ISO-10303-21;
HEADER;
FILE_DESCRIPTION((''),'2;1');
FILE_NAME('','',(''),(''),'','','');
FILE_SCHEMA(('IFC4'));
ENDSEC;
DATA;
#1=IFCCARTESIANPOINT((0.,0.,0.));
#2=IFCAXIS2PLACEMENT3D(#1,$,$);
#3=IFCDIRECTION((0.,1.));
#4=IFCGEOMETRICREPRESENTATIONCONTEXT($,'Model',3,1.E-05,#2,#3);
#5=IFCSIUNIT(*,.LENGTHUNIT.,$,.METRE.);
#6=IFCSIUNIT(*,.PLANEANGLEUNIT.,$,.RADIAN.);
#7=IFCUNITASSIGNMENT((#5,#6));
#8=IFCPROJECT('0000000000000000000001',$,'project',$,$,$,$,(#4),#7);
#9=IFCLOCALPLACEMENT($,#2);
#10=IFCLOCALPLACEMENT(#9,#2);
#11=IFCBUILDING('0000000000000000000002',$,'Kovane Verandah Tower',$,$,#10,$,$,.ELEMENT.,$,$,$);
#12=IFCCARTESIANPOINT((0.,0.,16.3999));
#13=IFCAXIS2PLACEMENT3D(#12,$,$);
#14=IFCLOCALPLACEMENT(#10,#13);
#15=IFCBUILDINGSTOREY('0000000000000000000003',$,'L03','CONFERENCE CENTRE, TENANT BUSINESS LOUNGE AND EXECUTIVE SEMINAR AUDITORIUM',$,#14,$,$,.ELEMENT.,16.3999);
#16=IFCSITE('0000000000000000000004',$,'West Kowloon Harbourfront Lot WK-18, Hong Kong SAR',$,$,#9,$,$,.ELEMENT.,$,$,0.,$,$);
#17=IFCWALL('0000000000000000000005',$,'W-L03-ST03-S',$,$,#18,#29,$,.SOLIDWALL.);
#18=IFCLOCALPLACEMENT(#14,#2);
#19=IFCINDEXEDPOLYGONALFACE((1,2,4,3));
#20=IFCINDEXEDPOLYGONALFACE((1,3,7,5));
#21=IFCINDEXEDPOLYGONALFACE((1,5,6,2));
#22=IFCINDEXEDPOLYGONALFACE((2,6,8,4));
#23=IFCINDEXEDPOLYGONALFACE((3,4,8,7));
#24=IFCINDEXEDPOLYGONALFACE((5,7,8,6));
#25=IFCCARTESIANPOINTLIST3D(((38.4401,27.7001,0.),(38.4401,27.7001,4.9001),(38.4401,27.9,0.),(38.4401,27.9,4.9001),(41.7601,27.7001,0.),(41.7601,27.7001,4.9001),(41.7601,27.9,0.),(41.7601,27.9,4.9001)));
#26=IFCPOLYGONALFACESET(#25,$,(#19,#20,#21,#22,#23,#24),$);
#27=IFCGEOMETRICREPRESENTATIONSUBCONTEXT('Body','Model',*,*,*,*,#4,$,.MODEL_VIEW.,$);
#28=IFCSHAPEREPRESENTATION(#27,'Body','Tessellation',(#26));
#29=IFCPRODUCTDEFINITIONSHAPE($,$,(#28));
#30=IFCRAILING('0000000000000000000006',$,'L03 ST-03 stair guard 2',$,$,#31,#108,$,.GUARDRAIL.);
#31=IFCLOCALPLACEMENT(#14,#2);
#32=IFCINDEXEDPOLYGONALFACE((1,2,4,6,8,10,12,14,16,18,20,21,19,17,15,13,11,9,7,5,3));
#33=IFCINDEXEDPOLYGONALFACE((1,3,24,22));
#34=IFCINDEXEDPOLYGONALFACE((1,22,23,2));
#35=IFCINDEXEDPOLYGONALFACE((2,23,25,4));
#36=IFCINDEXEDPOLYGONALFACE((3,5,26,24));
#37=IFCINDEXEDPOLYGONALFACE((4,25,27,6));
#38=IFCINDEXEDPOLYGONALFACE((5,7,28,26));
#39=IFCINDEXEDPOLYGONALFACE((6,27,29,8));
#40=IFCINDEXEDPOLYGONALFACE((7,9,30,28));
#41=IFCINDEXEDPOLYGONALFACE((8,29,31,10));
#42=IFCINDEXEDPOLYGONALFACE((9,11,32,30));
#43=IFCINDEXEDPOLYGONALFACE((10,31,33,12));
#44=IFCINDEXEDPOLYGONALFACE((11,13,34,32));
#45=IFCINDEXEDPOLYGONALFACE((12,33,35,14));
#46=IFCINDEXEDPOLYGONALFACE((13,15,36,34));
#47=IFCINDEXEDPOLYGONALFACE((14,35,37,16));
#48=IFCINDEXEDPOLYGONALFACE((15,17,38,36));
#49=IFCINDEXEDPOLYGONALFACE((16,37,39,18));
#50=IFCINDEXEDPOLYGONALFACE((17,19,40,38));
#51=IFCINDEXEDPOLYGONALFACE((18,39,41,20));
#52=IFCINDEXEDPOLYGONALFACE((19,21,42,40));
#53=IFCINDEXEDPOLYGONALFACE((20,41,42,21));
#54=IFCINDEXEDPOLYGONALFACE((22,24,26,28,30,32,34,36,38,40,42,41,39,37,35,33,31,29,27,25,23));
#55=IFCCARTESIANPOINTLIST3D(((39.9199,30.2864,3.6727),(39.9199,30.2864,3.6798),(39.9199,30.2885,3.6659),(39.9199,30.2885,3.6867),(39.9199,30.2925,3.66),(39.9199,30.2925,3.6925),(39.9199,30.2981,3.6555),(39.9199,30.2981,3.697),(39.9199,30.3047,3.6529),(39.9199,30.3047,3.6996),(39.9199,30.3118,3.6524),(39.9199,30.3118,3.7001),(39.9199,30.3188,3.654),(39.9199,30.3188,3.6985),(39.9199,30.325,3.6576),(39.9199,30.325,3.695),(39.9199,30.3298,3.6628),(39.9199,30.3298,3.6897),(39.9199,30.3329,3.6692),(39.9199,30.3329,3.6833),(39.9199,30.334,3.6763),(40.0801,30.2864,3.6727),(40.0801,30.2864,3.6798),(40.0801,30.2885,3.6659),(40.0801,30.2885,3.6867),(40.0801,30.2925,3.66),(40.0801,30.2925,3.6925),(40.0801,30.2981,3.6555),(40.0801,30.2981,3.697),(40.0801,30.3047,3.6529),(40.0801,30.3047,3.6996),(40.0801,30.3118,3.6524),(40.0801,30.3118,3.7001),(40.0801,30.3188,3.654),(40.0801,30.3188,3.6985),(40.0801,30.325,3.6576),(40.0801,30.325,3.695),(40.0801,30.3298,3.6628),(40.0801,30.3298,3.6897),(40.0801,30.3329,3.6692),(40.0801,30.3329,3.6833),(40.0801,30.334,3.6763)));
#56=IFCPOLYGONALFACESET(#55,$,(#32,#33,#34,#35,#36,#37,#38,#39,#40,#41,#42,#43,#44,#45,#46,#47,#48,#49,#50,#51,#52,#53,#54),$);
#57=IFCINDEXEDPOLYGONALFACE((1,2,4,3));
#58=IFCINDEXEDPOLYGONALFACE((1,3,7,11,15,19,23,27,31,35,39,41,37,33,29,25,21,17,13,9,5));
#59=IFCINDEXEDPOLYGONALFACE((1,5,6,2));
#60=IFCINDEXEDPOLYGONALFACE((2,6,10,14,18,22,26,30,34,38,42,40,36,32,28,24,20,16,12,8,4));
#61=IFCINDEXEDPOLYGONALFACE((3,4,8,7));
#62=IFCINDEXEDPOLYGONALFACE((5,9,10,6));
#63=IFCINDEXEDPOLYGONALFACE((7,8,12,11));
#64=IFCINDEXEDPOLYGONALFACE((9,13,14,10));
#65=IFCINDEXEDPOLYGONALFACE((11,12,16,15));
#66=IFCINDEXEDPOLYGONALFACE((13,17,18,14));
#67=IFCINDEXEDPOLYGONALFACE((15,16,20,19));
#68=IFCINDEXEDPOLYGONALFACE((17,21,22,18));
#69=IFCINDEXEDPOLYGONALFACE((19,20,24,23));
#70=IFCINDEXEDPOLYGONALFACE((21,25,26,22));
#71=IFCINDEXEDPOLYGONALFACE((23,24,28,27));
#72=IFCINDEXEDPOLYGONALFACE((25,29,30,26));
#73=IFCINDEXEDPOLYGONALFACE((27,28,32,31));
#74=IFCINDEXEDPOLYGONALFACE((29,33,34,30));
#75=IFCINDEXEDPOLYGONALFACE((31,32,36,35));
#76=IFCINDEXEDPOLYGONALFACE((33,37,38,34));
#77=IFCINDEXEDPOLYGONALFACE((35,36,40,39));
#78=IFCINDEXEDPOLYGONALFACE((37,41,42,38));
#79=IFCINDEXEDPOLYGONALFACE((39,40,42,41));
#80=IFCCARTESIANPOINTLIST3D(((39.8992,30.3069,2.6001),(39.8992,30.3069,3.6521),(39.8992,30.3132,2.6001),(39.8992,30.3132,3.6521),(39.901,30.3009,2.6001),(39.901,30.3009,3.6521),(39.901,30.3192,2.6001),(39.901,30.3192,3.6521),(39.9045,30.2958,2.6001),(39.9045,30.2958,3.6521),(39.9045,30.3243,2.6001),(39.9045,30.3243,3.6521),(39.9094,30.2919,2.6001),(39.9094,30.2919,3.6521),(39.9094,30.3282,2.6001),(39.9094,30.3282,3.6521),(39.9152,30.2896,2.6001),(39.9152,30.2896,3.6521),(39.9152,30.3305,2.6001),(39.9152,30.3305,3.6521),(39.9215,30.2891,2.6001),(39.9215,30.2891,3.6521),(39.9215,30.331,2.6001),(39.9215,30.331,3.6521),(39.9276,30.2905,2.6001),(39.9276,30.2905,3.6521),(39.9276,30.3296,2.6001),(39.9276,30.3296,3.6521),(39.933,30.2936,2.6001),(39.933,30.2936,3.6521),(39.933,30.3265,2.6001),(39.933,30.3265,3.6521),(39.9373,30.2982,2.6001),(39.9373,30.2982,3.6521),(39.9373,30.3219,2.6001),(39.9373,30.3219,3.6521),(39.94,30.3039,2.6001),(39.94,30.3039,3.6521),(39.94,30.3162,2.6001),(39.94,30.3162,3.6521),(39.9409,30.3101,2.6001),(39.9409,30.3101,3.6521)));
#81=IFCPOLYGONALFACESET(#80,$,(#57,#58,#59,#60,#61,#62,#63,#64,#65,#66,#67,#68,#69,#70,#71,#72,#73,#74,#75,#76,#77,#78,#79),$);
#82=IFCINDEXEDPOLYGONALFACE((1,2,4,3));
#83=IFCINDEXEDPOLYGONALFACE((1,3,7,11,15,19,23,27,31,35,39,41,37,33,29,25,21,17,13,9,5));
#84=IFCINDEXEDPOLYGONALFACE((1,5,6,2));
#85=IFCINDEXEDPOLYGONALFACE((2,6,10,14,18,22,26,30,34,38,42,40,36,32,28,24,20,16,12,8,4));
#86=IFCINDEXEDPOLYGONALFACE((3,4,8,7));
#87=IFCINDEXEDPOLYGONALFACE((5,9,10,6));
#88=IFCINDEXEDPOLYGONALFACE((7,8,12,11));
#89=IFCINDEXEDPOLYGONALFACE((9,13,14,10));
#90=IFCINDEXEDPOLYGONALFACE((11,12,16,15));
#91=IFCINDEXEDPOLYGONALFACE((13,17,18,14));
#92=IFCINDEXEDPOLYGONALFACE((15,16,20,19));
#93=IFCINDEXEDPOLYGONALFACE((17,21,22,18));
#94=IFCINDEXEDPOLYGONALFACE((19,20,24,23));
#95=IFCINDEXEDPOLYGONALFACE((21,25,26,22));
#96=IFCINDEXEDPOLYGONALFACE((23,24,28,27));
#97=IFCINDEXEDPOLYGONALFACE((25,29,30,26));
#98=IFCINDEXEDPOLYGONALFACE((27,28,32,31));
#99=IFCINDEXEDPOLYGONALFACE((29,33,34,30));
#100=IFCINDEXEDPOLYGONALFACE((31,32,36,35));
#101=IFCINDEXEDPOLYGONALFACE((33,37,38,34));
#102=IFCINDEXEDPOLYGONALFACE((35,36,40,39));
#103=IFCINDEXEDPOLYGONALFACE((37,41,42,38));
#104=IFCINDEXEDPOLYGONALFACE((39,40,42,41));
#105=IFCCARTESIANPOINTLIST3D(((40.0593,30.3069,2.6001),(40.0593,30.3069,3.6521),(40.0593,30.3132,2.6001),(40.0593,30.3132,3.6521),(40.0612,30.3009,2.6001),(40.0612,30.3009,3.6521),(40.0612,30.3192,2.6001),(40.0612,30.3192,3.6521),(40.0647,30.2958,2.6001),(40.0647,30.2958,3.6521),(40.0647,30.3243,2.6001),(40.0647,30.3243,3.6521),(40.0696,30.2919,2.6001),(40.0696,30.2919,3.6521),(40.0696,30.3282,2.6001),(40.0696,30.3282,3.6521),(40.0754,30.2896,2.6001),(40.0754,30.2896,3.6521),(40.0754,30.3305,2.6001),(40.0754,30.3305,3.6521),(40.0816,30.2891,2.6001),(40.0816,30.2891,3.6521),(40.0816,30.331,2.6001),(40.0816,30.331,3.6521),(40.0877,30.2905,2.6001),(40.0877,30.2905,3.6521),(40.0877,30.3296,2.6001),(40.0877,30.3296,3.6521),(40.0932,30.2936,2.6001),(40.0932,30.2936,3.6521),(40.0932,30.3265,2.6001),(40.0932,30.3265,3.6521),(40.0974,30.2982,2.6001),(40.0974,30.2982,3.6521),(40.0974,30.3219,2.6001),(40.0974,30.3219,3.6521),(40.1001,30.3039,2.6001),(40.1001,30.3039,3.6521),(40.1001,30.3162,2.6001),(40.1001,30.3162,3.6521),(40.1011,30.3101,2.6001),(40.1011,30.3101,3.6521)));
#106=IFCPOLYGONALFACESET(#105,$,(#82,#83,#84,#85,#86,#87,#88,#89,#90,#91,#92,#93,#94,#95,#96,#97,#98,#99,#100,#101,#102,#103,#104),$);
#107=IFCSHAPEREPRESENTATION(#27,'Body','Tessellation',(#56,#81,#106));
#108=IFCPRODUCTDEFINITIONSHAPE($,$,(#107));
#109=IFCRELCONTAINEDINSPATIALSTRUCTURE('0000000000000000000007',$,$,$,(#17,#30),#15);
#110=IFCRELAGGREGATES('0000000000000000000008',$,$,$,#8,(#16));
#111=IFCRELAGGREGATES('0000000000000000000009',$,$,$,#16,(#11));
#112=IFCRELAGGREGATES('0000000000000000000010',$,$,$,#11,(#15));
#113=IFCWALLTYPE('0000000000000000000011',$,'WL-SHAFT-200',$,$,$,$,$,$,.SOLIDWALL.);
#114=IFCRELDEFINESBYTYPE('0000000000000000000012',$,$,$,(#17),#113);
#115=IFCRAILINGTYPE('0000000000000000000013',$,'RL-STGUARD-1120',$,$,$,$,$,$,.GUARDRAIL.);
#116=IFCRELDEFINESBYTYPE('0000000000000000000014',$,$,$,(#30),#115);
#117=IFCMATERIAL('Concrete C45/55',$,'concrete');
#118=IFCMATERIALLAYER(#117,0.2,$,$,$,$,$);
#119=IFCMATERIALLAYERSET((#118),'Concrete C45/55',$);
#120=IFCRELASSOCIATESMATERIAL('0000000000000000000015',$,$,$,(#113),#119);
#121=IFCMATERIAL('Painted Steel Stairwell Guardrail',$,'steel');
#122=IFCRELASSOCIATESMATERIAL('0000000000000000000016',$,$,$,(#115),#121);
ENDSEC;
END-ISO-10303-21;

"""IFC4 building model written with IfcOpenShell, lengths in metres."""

from ifc_helpers import new_model, si_unit, direction, frame, frame_2d, origin, origin_2d, place, context, subcontext, project, spatial, rectangle, circle, extrude, material, layer, layer_set, type_object, element, save


model = new_model("IFC4")

# Units and contexts
model_context = context("Model", 3, precision=1e-05, world=origin(), true_north=direction((0.0, 1.0)))
body_context = subcontext(model_context, "Body", "Model", "MODEL_VIEW")
ifc_project = project(units=[si_unit("LENGTHUNIT", "METRE"), si_unit("PLANEANGLEUNIT", "RADIAN")], contexts=[model_context])

# Site, building, storey
site_placement = place(None, origin())
site = spatial("IfcSite", under=ifc_project, at=site_placement, Name="West Kowloon Harbourfront Lot WK-18, Hong Kong SAR", CompositionType="ELEMENT", RefElevation=0.0)
building_placement = place(site_placement, origin())
building = spatial("IfcBuilding", under=site, at=building_placement, Name="Kovane Verandah Tower", CompositionType="ELEMENT")
storey_placement = place(building_placement, frame((0.0, 0.0, 16.3999)))
storey = spatial("IfcBuildingStorey", under=building, at=storey_placement, Name="L03", Description="CONFERENCE CENTRE, TENANT BUSINESS LOUNGE AND EXECUTIVE SEMINAR AUDITORIUM", CompositionType="ELEMENT", Elevation=16.3999)

# Wall
ifc_material_1 = material(Name="Concrete C45/55", Category="concrete")
ifc_layer_1 = layer(ifc_material_1, 0.2)
ifc_layer_set_1 = layer_set([ifc_layer_1], Name="Concrete C45/55")
wall_type_1 = type_object("IfcWallType", Name="WL-SHAFT-200", PredefinedType="SOLIDWALL", material=ifc_layer_set_1)
wall_1_placement = place(storey_placement, frame((38.4399, 27.8, 0.0), z_axis=(0.0, 0.0, 1.0), x_axis=(1.0, 0.0, 0.0)))
element("IfcWall", 1, at=wall_1_placement, inside=storey, type_object=wall_type_1, Name="W-L03-ST03-S", PredefinedType="SOLIDWALL", context=body_context, shape_type="SweptSolid", body=[
    extrude(rectangle(XDim=3.3201, YDim=0.2, at=frame_2d((1.6602, 0.0))), origin(), (0.0, 0.0, 1.0), 4.9001),
])

# Railing
ifc_material_2 = material(Name="Painted Steel Stairwell Guardrail", Category="steel")
railing_type = type_object("IfcRailingType", Name="RL-STGUARD-1120", PredefinedType="GUARDRAIL", material=ifc_material_2)
railing_placement = place(storey_placement, frame((39.9199, 30.3101, 2.6001)))
element("IfcRailing", 2, at=railing_placement, inside=storey, type_object=railing_type, Name="L03 ST-03 stair guard 2", PredefinedType="GUARDRAIL", context=body_context, shape_type="SweptSolid", body=[
    extrude(circle(Radius=0.0239, at=origin_2d()), frame((0.0, 0.0, 1.0762), z_axis=(1.0, 0.0, 0.0), x_axis=(0.0, 1.0, 0.0)), (0.0, 0.0, 1.0), 0.1602),
    extrude(circle(Radius=0.021, at=origin_2d()), origin(), (0.0, 0.0, 1.0), 1.052),
    extrude(circle(Radius=0.021, at=origin_2d()), frame((0.1602, 0.0, 0.0)), (0.0, 0.0, 1.0), 1.052),
])

save(model, "model.ifc")
